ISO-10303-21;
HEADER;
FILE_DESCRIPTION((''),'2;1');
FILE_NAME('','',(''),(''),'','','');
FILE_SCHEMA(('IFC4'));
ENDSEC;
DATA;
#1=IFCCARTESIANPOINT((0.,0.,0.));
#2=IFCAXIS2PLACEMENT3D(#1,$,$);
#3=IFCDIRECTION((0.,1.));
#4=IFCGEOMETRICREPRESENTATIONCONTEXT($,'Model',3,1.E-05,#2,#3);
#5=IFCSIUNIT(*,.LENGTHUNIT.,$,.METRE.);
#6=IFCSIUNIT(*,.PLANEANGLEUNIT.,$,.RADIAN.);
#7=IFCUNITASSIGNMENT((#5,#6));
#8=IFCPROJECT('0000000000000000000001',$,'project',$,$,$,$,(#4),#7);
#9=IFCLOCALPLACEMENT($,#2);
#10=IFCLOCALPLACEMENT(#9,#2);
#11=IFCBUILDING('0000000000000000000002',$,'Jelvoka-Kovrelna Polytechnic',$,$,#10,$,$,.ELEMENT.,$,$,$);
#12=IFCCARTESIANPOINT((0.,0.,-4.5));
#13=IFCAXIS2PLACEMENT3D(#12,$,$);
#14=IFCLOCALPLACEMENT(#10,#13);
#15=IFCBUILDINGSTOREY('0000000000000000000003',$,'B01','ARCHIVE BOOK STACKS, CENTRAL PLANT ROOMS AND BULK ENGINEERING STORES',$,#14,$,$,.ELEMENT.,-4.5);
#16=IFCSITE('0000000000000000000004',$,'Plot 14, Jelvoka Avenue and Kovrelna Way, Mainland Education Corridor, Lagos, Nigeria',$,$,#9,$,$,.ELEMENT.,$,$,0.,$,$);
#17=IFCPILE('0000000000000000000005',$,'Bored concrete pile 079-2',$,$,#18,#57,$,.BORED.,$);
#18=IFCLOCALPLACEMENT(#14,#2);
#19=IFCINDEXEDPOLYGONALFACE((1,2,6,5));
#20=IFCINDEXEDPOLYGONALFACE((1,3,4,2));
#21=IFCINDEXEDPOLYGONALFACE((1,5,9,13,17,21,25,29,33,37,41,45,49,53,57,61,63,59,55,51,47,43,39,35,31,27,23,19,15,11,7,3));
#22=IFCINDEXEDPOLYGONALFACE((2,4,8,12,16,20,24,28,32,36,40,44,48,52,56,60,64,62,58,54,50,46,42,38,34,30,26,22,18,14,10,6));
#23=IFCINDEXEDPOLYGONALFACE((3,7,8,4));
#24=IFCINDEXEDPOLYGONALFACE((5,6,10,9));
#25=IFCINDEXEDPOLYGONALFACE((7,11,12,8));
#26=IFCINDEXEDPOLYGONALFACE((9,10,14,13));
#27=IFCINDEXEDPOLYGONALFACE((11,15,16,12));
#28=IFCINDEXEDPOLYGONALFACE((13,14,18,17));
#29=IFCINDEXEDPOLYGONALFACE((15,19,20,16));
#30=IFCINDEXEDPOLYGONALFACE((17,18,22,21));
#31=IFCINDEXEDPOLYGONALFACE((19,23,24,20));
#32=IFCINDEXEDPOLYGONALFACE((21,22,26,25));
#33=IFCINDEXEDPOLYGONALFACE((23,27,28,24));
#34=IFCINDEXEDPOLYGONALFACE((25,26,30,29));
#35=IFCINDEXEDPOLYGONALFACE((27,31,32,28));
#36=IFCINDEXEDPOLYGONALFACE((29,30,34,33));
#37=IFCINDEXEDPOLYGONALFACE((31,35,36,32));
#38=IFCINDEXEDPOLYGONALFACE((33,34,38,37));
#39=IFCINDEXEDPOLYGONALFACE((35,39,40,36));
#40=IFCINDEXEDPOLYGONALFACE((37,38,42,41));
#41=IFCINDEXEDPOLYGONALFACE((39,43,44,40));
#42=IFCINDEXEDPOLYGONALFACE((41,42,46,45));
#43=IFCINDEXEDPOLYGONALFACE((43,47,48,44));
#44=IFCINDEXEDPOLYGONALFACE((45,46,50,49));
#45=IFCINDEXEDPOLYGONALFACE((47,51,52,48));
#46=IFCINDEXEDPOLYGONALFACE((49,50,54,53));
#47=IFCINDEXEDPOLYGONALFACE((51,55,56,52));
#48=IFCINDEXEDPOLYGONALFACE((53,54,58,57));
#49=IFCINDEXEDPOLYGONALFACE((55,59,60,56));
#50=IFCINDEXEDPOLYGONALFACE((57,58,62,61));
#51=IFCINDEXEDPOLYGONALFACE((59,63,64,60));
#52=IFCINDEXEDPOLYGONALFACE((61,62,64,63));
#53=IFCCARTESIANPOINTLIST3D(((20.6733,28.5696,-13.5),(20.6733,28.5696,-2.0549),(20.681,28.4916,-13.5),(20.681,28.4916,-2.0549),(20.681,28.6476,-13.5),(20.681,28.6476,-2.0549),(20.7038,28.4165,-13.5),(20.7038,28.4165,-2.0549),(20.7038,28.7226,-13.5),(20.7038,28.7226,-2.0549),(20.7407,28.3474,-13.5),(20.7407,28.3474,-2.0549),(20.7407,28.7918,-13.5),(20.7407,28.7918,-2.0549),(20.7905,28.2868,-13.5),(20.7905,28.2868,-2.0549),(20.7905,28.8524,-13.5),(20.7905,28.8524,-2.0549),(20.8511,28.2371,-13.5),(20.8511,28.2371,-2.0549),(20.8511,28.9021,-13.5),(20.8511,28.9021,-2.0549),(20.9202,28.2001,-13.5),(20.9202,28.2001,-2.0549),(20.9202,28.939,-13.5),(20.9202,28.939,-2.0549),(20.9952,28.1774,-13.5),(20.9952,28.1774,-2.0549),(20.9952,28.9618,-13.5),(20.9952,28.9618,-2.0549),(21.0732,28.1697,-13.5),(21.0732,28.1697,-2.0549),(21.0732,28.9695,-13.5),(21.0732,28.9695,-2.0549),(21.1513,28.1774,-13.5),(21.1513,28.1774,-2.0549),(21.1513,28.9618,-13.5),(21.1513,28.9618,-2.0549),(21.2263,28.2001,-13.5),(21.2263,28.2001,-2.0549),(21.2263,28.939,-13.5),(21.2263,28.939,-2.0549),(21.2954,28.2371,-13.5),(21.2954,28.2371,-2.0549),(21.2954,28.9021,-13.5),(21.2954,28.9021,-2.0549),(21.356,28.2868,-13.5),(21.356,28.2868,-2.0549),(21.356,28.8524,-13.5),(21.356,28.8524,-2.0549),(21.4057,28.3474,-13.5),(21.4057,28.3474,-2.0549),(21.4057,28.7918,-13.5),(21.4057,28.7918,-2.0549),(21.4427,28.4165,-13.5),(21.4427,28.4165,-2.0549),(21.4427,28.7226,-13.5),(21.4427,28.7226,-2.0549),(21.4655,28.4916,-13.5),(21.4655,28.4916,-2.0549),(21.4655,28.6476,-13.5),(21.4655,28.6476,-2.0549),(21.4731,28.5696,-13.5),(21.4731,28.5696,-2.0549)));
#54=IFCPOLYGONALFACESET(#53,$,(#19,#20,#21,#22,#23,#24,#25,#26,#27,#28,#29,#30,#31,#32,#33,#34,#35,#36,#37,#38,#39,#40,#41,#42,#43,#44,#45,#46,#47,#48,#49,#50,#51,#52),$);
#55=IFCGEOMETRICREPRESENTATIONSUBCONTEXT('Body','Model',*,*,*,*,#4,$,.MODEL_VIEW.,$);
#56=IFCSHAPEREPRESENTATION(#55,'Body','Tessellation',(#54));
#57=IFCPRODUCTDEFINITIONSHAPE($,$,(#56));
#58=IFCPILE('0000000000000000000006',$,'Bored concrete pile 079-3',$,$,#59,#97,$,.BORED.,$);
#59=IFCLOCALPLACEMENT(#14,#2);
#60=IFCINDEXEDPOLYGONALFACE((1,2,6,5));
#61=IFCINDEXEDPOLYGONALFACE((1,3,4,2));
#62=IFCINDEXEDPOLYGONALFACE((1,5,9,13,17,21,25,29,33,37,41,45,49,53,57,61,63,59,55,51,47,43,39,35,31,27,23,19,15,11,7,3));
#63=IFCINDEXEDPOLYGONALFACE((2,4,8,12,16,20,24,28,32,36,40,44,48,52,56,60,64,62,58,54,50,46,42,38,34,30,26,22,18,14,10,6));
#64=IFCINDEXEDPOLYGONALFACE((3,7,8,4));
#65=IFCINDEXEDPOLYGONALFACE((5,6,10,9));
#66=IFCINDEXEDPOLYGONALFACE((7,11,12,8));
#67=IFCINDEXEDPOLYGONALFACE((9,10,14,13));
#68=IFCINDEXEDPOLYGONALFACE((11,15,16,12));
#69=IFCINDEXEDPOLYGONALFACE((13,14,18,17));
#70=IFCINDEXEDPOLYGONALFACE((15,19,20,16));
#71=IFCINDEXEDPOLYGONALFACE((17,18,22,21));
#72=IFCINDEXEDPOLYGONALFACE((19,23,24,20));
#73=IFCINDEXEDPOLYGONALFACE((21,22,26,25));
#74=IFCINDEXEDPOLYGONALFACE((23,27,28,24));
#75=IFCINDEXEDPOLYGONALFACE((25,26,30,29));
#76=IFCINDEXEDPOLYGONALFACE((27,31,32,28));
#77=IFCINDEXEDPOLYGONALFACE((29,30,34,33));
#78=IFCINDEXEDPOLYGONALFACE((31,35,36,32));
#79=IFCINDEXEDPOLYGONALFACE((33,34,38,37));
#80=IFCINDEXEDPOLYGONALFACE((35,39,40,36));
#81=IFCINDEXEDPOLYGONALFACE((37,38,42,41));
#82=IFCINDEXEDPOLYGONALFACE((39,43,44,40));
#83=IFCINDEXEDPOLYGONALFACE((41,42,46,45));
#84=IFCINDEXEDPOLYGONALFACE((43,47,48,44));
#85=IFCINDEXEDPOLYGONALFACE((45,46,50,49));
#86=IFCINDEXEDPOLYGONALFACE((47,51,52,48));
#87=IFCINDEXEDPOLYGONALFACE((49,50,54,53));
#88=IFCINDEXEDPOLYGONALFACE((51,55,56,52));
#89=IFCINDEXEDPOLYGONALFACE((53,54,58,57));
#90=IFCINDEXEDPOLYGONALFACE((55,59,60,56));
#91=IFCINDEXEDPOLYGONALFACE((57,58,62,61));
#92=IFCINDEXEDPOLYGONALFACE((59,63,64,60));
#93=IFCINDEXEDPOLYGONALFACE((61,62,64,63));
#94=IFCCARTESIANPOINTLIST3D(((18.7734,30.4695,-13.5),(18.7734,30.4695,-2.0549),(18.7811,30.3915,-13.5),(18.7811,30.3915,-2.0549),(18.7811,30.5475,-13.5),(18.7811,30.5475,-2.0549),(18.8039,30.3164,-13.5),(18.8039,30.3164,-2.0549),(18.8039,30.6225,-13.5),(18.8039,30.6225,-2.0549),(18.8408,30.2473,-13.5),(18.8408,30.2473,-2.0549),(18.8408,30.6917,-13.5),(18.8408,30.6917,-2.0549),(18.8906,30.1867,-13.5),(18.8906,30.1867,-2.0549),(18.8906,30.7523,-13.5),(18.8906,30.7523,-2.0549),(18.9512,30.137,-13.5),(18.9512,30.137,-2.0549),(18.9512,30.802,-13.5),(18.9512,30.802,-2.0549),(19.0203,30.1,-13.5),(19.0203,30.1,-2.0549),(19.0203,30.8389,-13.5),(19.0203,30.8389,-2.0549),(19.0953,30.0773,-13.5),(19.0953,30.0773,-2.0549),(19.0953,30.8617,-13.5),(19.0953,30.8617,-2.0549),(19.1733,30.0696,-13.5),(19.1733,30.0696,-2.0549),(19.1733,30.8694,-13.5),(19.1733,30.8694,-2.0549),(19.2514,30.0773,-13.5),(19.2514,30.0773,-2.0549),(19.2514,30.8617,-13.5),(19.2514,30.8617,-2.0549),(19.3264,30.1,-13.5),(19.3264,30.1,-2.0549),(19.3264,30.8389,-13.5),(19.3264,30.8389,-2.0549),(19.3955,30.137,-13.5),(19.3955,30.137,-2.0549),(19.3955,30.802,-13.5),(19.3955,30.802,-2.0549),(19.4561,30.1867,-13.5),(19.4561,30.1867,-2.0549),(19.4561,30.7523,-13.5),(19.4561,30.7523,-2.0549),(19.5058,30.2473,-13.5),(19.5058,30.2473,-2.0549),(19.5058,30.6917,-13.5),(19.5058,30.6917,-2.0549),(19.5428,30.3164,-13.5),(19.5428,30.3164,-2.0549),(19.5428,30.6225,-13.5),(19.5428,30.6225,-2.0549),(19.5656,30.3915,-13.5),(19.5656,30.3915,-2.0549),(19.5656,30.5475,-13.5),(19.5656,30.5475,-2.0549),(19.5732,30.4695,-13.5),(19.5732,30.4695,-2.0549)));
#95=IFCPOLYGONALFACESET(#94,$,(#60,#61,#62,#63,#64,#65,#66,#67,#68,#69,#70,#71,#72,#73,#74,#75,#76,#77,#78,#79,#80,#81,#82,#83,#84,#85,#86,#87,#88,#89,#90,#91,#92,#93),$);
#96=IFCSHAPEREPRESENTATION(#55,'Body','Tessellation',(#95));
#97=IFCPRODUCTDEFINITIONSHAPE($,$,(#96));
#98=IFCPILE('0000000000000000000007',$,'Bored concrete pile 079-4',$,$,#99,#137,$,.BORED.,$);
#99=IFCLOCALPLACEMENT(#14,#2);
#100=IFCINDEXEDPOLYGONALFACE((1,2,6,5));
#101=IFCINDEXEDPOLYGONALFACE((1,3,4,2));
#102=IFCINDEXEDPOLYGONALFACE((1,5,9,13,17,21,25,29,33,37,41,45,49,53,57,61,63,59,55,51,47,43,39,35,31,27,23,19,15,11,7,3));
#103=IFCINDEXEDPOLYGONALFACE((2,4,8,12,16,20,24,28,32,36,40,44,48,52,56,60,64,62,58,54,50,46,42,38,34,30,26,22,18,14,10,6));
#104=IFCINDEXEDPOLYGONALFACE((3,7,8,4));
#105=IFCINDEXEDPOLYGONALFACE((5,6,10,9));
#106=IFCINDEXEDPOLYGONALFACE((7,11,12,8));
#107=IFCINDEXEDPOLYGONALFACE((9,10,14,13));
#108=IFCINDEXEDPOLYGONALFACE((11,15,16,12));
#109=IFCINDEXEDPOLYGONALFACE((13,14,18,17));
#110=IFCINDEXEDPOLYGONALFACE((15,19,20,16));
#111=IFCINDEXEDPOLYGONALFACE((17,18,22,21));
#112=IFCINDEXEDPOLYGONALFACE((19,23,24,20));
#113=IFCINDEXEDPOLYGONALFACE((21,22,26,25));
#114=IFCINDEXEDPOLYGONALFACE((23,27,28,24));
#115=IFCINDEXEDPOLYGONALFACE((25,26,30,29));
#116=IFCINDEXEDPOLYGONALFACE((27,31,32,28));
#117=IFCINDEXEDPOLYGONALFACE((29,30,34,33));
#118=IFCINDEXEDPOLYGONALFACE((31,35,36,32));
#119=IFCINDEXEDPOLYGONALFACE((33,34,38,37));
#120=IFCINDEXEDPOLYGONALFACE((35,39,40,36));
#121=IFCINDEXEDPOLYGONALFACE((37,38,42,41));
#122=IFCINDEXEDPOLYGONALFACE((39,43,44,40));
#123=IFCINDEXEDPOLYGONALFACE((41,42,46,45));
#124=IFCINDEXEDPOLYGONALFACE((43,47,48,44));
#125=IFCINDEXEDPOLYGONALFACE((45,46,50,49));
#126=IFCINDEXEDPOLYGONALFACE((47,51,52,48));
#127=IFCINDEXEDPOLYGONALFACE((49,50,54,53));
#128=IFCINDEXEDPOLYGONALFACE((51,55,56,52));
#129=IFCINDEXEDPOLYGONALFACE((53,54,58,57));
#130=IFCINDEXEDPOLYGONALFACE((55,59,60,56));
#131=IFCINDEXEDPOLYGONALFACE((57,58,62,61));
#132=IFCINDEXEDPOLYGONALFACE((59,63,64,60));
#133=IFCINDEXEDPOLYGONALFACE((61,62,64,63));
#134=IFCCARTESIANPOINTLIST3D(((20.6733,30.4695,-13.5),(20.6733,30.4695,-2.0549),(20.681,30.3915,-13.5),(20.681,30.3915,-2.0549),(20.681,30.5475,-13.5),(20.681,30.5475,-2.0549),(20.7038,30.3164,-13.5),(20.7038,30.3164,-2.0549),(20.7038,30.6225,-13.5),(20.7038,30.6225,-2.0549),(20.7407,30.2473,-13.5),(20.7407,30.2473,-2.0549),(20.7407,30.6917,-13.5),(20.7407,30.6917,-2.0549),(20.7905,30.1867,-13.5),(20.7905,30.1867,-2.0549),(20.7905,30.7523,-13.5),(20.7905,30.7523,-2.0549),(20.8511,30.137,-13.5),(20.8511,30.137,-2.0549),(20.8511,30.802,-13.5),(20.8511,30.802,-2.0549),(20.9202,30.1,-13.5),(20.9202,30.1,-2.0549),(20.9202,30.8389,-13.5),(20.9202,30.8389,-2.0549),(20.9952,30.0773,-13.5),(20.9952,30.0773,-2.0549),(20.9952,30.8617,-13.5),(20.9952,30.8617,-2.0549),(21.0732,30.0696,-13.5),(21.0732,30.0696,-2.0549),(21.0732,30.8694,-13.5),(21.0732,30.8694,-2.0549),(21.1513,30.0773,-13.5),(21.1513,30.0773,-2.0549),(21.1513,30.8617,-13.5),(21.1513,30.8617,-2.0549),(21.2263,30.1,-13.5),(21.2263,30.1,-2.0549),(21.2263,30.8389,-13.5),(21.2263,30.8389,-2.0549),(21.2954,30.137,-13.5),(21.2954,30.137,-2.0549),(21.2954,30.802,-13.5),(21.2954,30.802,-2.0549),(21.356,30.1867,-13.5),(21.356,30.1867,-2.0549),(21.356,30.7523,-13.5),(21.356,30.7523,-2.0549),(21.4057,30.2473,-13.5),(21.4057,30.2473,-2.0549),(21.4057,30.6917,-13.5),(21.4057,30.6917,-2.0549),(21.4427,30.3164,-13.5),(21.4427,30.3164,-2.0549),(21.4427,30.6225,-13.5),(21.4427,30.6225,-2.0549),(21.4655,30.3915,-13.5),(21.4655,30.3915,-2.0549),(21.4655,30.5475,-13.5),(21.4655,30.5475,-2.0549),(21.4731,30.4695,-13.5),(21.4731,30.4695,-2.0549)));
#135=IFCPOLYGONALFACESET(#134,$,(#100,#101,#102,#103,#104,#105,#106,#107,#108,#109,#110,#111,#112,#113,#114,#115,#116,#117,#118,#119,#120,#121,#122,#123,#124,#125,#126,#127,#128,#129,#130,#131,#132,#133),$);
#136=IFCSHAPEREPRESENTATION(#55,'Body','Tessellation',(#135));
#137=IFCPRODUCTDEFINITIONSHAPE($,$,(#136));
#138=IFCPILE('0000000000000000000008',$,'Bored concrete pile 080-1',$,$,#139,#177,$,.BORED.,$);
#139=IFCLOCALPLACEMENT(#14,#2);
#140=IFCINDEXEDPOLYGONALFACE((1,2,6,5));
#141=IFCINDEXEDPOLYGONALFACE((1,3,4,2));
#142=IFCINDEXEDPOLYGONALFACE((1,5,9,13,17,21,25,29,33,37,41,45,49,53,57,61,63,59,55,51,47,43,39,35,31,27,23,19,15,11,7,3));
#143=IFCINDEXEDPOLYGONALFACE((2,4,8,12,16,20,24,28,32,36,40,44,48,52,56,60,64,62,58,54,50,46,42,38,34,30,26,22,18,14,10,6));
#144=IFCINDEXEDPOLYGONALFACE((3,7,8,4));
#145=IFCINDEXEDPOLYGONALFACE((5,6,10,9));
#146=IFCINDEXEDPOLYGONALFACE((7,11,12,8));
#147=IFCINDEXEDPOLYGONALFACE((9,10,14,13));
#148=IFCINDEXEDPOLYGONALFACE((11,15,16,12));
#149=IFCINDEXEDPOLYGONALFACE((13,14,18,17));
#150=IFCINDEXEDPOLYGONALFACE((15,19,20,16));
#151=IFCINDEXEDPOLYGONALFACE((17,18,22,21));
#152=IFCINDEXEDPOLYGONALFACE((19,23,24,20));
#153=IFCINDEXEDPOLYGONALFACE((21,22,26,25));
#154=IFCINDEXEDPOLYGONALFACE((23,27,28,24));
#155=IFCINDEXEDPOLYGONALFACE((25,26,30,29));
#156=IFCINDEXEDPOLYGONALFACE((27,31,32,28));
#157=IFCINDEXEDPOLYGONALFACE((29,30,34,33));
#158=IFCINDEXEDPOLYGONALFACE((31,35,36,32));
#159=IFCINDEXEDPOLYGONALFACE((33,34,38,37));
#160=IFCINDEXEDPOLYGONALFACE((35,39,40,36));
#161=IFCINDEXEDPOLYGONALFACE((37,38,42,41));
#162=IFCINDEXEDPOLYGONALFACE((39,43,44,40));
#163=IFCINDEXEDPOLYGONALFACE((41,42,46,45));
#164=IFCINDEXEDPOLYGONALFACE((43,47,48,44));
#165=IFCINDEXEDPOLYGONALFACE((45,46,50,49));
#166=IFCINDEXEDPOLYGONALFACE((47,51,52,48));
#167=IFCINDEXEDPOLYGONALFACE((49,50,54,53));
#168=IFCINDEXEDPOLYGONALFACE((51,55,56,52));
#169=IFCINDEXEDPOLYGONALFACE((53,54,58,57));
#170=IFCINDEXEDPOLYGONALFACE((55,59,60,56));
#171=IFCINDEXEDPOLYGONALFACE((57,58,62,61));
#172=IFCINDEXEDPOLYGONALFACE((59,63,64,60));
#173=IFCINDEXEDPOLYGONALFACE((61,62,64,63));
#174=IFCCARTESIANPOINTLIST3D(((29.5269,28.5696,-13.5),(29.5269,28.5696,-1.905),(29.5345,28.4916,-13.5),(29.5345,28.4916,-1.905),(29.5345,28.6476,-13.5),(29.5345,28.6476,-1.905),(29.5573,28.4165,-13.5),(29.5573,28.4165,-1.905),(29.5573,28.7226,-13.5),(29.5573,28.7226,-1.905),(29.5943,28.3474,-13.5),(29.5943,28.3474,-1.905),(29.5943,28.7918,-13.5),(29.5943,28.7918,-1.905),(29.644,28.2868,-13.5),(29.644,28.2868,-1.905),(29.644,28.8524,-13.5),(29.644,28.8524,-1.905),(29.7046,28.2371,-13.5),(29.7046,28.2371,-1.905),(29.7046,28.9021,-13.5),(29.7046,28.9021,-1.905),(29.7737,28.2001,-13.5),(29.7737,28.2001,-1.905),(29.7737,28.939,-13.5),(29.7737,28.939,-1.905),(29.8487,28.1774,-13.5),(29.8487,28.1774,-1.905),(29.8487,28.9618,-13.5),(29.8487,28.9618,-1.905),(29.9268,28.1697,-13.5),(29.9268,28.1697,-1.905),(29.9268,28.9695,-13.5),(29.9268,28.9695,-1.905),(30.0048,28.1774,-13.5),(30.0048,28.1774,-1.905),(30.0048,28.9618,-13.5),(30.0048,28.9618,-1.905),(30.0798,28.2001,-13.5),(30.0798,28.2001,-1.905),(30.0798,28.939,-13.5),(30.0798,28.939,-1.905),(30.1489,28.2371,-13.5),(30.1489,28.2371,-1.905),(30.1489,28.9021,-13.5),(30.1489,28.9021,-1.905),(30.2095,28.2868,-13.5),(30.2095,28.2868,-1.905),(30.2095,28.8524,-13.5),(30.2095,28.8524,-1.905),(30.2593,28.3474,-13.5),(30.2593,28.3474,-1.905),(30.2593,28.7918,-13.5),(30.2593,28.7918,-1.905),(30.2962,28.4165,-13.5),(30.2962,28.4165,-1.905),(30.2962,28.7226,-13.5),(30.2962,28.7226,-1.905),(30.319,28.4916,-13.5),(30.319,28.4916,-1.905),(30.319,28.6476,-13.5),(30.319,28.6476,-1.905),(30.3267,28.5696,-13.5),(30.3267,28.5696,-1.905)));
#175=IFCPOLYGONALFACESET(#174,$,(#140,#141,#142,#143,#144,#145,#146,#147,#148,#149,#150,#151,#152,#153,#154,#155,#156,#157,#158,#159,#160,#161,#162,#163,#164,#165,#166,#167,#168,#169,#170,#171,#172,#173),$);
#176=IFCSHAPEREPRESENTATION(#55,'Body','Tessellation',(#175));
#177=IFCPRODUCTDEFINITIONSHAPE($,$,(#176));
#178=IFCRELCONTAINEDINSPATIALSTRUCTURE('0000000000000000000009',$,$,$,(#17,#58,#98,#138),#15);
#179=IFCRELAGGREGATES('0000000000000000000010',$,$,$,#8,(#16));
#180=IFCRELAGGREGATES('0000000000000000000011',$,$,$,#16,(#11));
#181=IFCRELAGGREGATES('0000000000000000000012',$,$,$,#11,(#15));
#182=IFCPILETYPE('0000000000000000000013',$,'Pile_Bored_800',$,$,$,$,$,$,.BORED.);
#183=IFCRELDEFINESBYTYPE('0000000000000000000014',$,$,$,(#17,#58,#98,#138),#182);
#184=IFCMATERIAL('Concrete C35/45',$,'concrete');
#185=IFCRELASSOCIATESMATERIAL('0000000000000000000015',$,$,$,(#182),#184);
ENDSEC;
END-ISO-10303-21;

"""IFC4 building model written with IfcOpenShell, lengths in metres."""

from ifc_helpers import new_model, si_unit, direction, frame, origin, origin_2d, place, context, subcontext, project, spatial, circle, extrude, material, material_profile, profile_set, type_object, element, save


model = new_model("IFC4")

# Units and contexts
model_context = context("Model", 3, precision=1e-05, world=origin(), true_north=direction((0.0, 1.0)))
body_context = subcontext(model_context, "Body", "Model", "MODEL_VIEW")
ifc_project = project(units=[si_unit("LENGTHUNIT", "METRE"), si_unit("PLANEANGLEUNIT", "RADIAN")], contexts=[model_context])

# Site, building, storey
site_placement = place(None, origin())
site = spatial("IfcSite", under=ifc_project, at=site_placement, Name="Plot 14, Jelvoka Avenue and Kovrelna Way, Mainland Education Corridor, Lagos, Nigeria", CompositionType="ELEMENT", RefElevation=0.0)
building_placement = place(site_placement, origin())
building = spatial("IfcBuilding", under=site, at=building_placement, Name="Jelvoka-Kovrelna Polytechnic", CompositionType="ELEMENT")
storey_placement = place(building_placement, frame((0.0, 0.0, -4.5)))
storey = spatial("IfcBuildingStorey", under=building, at=storey_placement, Name="B01", Description="ARCHIVE BOOK STACKS, CENTRAL PLANT ROOMS AND BULK ENGINEERING STORES", CompositionType="ELEMENT", Elevation=-4.5)

# Piles
ifc_material_1 = material(Name="Concrete C35/45", Category="concrete")
ifc_material_profile_1 = material_profile(ifc_material_1, circle(Radius=0.3999, at=origin_2d()), Name="PILE D800")
ifc_profile_set_1 = profile_set([ifc_material_profile_1], Name="Concrete C35/45")
pile_type = type_object("IfcPileType", Name="Pile_Bored_800", PredefinedType="BORED", material=ifc_profile_set_1)
for number, where, z_axis, x_axis, name in (
    (1, (21.0732, 28.5696, -2.0549), (0.0, 0.0, -1.0), (1.0, 0.0, 0.0), "Bored concrete pile 079-2"),
    (2, (19.1733, 30.4695, -2.0549), (0.0, 0.0, -1.0), (1.0, 0.0, 0.0), "Bored concrete pile 079-3"),
    (3, (21.0732, 30.4695, -2.0549), (0.0, 0.0, -1.0), (1.0, 0.0, 0.0), "Bored concrete pile 079-4"),
):
    element("IfcPile", number, at=place(storey_placement, frame(where, z_axis=z_axis, x_axis=x_axis)), inside=storey, type_object=pile_type, Name=name, PredefinedType="BORED", context=body_context, shape_type="SweptSolid", body=[
        extrude(circle(Radius=0.3999, at=origin_2d()), origin(), (0.0, 0.0, 1.0), 11.4451),
    ])
for number, where, z_axis, x_axis, name in (
    (4, (29.9268, 28.5696, -1.905), (0.0, 0.0, -1.0), (1.0, 0.0, 0.0), "Bored concrete pile 080-1"),
):
    element("IfcPile", number, at=place(storey_placement, frame(where, z_axis=z_axis, x_axis=x_axis)), inside=storey, type_object=pile_type, Name=name, PredefinedType="BORED", context=body_context, shape_type="SweptSolid", body=[
        extrude(circle(Radius=0.3999, at=origin_2d()), origin(), (0.0, 0.0, 1.0), 11.595),
    ])

save(model, "model.ifc")
